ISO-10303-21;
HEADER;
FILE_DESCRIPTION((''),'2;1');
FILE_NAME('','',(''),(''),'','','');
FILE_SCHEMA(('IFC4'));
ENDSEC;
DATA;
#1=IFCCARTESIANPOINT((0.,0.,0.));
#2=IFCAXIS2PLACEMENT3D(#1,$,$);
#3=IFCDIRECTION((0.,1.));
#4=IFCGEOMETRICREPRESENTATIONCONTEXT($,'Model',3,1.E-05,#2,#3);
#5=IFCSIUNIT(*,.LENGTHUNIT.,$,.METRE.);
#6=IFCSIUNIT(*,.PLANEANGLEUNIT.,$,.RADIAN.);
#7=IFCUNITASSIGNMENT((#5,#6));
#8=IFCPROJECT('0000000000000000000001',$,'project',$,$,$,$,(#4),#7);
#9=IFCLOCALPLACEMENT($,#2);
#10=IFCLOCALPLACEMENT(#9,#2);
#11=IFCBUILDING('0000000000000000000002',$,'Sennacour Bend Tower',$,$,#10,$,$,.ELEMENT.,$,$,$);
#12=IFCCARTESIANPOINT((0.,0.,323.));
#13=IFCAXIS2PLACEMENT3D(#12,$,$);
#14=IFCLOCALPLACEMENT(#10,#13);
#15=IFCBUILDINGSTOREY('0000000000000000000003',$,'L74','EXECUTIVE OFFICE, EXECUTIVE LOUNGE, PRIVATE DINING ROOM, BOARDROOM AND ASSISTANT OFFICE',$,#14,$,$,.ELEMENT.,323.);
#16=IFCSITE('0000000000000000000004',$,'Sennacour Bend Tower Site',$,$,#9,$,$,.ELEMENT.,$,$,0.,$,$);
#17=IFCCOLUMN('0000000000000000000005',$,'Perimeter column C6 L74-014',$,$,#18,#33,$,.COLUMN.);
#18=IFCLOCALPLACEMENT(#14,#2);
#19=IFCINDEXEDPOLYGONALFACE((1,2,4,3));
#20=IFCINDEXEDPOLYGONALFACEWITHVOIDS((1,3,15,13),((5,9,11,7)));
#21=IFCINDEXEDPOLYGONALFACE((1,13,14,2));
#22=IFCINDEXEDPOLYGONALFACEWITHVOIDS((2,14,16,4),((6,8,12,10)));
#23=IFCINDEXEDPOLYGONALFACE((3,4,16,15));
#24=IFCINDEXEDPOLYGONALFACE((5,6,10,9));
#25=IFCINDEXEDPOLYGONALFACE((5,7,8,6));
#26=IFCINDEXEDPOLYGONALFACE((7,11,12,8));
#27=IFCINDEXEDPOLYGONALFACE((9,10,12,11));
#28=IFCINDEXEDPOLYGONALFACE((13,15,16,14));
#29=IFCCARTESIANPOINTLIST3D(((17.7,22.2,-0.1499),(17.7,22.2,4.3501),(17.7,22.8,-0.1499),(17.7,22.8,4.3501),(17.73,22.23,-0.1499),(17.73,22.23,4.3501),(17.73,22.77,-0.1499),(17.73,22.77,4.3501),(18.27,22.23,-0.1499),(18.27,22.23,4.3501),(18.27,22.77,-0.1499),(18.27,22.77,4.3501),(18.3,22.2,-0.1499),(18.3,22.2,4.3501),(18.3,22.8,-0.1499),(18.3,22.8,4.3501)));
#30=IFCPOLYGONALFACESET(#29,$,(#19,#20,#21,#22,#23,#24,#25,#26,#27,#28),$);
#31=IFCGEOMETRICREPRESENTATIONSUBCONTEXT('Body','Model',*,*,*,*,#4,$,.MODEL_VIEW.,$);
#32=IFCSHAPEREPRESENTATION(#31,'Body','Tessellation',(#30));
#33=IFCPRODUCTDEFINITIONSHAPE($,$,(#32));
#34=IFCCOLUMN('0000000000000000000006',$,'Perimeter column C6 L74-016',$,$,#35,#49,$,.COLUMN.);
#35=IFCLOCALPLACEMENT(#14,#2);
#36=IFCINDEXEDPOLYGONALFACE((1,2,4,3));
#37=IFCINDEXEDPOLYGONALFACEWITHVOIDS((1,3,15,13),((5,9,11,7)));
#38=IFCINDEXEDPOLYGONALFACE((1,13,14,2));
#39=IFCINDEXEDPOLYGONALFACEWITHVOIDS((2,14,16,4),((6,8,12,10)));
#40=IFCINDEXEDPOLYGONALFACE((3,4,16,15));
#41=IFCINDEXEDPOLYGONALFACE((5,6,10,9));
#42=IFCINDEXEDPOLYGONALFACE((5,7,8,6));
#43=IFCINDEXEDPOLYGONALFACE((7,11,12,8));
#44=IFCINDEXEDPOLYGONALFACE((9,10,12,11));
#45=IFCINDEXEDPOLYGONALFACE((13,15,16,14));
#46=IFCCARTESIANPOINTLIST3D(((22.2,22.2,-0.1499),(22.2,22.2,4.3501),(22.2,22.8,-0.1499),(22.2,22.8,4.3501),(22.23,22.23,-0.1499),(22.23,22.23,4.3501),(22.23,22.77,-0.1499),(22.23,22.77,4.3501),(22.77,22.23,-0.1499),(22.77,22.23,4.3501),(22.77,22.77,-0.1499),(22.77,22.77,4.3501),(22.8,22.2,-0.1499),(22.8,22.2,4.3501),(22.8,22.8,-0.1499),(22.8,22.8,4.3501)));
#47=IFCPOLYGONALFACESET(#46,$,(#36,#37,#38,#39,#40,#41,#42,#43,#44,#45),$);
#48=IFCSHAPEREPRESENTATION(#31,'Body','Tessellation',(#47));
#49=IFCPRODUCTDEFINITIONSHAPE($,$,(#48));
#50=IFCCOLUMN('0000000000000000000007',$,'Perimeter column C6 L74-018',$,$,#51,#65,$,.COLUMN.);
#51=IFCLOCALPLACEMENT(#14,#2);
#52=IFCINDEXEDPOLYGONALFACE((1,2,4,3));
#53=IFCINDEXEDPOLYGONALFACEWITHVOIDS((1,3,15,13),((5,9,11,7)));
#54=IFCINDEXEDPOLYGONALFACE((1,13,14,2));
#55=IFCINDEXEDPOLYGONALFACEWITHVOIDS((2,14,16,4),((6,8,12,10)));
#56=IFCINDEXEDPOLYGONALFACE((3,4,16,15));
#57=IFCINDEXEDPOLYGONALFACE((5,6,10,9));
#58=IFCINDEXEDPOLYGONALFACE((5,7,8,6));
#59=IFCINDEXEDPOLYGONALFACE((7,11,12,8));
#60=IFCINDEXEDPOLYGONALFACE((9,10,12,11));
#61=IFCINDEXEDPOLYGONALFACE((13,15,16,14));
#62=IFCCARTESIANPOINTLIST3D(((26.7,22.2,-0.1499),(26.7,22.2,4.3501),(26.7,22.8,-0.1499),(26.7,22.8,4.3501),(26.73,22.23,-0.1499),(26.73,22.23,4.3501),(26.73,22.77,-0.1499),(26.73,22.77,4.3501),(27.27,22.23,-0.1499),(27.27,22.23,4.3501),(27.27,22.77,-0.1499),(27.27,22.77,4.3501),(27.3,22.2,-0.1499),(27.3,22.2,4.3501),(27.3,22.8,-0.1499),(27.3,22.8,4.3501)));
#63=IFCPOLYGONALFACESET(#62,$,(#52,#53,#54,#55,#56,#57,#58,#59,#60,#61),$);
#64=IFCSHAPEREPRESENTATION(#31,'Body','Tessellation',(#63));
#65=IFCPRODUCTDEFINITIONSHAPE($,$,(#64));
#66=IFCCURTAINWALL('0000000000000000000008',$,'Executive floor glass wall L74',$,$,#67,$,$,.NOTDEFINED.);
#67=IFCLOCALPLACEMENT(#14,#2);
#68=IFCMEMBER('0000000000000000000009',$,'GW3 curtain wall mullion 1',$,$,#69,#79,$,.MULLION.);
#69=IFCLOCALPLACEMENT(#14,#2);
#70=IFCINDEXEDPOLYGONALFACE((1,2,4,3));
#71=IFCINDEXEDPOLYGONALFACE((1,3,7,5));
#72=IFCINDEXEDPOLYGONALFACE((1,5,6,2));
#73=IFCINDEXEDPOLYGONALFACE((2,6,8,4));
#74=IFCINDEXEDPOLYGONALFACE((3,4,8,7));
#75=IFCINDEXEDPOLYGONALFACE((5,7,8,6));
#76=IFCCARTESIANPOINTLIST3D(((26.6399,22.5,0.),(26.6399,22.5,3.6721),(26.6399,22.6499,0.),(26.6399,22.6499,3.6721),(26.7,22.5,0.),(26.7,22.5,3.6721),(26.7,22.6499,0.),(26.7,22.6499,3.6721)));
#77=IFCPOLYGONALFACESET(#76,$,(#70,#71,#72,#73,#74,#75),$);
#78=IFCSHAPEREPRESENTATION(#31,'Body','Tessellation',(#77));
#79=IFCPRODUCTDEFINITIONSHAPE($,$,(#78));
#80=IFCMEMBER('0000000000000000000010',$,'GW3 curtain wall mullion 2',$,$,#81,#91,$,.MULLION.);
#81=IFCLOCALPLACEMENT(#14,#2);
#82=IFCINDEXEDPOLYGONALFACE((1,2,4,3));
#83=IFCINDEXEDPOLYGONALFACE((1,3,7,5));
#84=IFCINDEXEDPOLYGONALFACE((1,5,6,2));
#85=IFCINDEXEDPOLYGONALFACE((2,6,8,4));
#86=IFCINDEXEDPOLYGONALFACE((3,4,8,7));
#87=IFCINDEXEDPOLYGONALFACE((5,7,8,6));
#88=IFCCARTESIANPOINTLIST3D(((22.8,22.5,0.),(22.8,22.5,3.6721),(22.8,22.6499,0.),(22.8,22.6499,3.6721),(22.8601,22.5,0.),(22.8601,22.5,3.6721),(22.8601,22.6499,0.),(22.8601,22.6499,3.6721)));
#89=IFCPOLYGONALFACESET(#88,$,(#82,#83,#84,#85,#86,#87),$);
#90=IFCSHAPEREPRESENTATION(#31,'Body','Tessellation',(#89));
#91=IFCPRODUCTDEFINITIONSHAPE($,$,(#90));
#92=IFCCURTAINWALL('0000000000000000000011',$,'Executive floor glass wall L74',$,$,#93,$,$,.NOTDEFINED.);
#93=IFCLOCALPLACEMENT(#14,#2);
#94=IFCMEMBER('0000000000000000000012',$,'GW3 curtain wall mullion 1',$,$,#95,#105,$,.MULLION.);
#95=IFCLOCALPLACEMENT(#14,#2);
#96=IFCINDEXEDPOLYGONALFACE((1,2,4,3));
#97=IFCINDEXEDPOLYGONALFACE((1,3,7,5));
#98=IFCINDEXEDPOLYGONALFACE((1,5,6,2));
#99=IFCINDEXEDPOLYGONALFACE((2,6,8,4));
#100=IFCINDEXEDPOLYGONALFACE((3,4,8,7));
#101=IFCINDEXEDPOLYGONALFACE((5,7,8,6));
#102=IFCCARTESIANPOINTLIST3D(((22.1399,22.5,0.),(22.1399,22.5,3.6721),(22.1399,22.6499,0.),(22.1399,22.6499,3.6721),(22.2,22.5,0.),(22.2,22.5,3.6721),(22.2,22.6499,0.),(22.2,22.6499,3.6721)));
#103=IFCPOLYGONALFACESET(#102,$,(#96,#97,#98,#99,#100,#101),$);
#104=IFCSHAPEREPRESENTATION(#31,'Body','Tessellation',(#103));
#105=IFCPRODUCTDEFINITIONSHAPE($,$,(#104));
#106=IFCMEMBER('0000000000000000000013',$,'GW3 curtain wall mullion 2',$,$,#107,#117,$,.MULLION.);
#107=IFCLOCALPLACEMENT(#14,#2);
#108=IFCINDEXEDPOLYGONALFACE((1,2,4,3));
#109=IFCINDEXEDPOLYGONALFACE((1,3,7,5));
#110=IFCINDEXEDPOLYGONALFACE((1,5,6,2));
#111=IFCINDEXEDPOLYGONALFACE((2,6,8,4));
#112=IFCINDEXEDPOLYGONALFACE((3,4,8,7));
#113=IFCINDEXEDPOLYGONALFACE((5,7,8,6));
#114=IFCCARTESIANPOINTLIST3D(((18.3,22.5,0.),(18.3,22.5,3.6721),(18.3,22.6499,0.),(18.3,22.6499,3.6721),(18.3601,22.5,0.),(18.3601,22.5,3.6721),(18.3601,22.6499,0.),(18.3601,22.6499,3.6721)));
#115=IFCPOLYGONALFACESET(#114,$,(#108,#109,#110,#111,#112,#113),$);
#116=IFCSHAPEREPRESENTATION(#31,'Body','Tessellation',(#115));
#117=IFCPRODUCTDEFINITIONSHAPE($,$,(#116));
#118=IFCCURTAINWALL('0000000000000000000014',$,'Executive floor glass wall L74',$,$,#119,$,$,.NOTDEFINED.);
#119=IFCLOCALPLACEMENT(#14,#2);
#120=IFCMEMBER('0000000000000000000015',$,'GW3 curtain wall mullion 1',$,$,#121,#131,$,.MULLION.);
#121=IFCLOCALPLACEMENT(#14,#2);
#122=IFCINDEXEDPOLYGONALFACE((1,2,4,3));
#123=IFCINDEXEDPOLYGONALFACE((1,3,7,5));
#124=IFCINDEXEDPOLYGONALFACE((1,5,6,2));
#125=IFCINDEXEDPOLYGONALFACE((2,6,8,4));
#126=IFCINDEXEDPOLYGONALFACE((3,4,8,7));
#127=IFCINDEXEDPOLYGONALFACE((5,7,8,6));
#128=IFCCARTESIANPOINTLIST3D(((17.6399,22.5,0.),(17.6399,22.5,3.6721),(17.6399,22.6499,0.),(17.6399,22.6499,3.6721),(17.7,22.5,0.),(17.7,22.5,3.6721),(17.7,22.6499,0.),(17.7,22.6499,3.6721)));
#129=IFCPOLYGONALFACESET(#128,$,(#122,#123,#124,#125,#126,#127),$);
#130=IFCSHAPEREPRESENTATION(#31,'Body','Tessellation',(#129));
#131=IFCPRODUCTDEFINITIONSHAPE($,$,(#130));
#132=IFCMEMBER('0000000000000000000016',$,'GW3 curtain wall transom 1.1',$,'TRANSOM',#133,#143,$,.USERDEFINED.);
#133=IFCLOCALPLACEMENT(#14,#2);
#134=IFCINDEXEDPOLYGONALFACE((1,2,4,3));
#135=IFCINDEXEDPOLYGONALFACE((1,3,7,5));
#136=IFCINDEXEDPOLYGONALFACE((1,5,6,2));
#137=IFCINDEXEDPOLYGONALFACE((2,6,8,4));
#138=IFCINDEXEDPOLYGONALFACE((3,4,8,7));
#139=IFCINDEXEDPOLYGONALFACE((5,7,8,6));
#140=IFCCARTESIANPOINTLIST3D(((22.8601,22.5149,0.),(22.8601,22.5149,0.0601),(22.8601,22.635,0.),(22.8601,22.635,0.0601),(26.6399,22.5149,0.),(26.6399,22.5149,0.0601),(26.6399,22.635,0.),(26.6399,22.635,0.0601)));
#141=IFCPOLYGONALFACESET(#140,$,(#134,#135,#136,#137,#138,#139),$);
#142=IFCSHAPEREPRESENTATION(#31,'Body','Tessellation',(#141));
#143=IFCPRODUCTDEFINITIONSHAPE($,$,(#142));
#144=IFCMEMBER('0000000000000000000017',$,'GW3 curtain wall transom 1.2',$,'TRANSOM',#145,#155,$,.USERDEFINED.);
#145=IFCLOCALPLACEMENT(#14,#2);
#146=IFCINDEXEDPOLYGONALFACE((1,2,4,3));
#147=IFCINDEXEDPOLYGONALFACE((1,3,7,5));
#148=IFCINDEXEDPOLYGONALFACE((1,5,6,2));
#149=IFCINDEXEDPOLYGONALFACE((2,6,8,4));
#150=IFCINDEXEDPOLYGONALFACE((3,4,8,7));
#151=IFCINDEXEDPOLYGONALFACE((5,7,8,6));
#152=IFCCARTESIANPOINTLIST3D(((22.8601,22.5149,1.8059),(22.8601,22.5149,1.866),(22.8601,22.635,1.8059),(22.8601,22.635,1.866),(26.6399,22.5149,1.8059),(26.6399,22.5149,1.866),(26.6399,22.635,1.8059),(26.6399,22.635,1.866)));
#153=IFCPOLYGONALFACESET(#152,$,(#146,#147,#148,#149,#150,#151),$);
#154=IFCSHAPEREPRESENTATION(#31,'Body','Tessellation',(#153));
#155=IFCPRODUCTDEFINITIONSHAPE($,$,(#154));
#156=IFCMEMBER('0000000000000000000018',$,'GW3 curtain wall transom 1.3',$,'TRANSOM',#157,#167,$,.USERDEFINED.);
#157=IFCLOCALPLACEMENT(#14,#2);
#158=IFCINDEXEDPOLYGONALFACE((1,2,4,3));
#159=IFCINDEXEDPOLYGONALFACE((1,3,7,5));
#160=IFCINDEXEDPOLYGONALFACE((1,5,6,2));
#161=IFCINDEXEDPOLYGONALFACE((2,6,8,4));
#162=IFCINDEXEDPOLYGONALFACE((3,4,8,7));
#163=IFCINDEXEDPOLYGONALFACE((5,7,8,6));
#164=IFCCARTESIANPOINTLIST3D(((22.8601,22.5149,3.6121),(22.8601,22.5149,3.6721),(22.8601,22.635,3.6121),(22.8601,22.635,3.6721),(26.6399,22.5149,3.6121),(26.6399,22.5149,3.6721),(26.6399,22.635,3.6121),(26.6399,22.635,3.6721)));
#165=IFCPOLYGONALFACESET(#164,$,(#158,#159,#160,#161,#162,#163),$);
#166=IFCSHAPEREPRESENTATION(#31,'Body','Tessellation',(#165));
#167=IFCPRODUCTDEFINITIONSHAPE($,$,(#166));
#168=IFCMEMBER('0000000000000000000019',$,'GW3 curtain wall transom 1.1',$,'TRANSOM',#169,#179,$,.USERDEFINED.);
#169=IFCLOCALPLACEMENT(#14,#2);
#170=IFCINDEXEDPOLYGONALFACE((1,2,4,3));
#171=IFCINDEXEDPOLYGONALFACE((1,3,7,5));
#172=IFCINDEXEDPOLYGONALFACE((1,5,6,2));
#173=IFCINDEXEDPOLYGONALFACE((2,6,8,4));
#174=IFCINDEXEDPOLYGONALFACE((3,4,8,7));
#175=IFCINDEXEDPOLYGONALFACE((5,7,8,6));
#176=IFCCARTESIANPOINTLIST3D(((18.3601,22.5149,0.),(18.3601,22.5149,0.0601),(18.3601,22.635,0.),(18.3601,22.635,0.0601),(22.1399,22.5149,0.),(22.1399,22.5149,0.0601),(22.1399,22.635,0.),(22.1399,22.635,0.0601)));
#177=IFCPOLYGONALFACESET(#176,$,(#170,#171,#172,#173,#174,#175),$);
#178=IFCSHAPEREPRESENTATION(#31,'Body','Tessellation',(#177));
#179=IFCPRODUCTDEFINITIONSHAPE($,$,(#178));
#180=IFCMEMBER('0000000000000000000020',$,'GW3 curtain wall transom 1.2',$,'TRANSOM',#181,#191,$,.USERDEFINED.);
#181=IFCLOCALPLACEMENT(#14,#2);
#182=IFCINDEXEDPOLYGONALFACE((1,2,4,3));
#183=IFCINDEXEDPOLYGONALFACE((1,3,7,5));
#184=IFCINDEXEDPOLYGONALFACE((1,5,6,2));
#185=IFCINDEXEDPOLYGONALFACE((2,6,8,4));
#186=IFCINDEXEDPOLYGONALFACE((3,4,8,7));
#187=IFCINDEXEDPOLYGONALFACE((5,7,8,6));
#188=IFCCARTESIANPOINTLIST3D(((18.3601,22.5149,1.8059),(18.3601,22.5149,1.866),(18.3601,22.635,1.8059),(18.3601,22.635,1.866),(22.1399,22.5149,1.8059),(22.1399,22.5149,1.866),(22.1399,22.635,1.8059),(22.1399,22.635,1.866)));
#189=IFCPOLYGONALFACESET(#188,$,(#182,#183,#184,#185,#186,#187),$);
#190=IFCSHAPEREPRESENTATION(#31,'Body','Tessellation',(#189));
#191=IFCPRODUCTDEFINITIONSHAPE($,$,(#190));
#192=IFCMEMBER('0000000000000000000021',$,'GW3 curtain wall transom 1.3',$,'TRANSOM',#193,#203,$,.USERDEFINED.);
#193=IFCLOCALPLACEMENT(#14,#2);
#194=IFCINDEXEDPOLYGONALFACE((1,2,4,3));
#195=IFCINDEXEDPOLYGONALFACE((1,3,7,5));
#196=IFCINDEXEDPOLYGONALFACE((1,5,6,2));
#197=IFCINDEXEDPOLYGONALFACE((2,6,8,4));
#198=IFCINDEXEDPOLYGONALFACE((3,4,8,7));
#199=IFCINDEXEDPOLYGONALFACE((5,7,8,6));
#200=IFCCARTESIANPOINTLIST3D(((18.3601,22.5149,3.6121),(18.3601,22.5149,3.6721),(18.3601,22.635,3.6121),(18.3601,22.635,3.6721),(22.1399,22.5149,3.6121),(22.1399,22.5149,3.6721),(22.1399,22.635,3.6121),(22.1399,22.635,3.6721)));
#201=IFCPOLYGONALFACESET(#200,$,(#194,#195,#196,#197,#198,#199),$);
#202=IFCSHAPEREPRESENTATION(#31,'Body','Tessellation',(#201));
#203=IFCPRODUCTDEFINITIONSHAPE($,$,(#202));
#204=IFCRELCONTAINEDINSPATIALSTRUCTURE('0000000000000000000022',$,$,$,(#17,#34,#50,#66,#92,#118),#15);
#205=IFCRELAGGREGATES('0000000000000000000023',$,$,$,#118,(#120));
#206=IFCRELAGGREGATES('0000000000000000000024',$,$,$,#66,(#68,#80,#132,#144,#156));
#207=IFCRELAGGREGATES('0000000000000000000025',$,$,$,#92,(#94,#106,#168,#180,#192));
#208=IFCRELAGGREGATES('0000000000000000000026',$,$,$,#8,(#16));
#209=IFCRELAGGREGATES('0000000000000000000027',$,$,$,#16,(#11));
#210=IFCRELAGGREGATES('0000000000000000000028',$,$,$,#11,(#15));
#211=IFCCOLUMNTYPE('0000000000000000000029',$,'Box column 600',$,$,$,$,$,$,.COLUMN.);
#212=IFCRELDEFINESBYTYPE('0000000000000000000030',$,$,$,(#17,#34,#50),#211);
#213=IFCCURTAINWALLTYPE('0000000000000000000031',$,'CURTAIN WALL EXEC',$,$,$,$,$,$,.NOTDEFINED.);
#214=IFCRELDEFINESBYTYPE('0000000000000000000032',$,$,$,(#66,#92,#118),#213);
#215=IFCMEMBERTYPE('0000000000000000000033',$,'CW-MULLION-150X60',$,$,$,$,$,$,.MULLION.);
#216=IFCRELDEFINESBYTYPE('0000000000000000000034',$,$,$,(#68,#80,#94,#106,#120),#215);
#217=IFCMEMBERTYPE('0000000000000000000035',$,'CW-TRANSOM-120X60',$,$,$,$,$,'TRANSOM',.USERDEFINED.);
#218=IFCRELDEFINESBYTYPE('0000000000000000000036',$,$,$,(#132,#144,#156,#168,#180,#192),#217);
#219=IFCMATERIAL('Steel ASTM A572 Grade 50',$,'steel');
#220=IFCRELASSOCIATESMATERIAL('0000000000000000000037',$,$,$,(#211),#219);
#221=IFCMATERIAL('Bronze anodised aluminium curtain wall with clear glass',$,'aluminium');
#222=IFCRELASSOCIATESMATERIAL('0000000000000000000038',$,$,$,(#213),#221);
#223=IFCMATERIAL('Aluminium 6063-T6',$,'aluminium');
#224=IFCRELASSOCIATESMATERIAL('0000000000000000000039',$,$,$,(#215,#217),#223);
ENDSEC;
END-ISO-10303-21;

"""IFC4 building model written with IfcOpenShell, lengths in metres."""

from ifc_helpers import new_model, si_unit, direction, frame, origin, origin_2d, place, context, subcontext, project, spatial, rectangle, hollow_rectangle, extrude, material, material_profile, profile_set, type_object, element, aggregate, save


model = new_model("IFC4")

# Units and contexts
model_context = context("Model", 3, precision=1e-05, world=origin(), true_north=direction((0.0, 1.0)))
body_context = subcontext(model_context, "Body", "Model", "MODEL_VIEW")
ifc_project = project(units=[si_unit("LENGTHUNIT", "METRE"), si_unit("PLANEANGLEUNIT", "RADIAN")], contexts=[model_context])

# Site, building, storey
site_placement = place(None, origin())
site = spatial("IfcSite", under=ifc_project, at=site_placement, Name="Sennacour Bend Tower Site", CompositionType="ELEMENT", RefElevation=0.0)
building_placement = place(site_placement, origin())
building = spatial("IfcBuilding", under=site, at=building_placement, Name="Sennacour Bend Tower", CompositionType="ELEMENT")
storey_placement = place(building_placement, frame((0.0, 0.0, 323.0)))
storey = spatial("IfcBuildingStorey", under=building, at=storey_placement, Name="L74", Description="EXECUTIVE OFFICE, EXECUTIVE LOUNGE, PRIVATE DINING ROOM, BOARDROOM AND ASSISTANT OFFICE", CompositionType="ELEMENT", Elevation=323.0)

# Columns
ifc_material_1 = material(Name="Steel ASTM A572 Grade 50", Category="steel")
ifc_material_profile_1 = material_profile(ifc_material_1, hollow_rectangle(XDim=0.6001, YDim=0.6001, WallThickness=0.03, at=origin_2d()), Name="Steel ASTM A572 Grade 50", Category="steel")
ifc_profile_set_1 = profile_set([ifc_material_profile_1], Name="Steel ASTM A572 Grade 50")
column_type = type_object("IfcColumnType", Name="Box column 600", PredefinedType="COLUMN", material=ifc_profile_set_1)
for number, where, z_axis, x_axis, name in (
    (1, (18.0, 22.5, -0.1499), (0.0, 0.0, 1.0), (1.0, 0.0, 0.0), "Perimeter column C6 L74-014"),
    (2, (22.5, 22.5, -0.1499), (0.0, 0.0, 1.0), (1.0, 0.0, 0.0), "Perimeter column C6 L74-016"),
    (3, (27.0, 22.5, -0.1499), (0.0, 0.0, 1.0), (1.0, 0.0, 0.0), "Perimeter column C6 L74-018"),
):
    element("IfcColumn", number, at=place(storey_placement, frame(where, z_axis=z_axis, x_axis=x_axis)), inside=storey, type_object=column_type, Name=name, PredefinedType="COLUMN", context=body_context, shape_type="SweptSolid", body=[
        extrude(hollow_rectangle(XDim=0.6001, YDim=0.6001, WallThickness=0.03, at=origin_2d()), origin(), (0.0, 0.0, 1.0), 4.5),
    ])

# Curtain walls, members
ifc_material_2 = material(Name="Bronze anodised aluminium curtain wall with clear glass", Category="aluminium")
curtain_wall_type = type_object("IfcCurtainWallType", Name="CURTAIN WALL EXEC", PredefinedType="NOTDEFINED", material=ifc_material_2)
curtain_wall_1_placement = place(storey_placement, origin())
curtain_wall_1 = element("IfcCurtainWall", 4, at=curtain_wall_1_placement, inside=storey, type_object=curtain_wall_type, Name="Executive floor glass wall L74", PredefinedType="NOTDEFINED")
ifc_material_3 = material(Name="Aluminium 6063-T6", Category="aluminium")
ifc_material_profile_2 = material_profile(ifc_material_3, rectangle(XDim=0.1499, YDim=0.0601, at=origin_2d()), Name="Aluminium 6063-T6", Category="aluminium")
ifc_profile_set_2 = profile_set([ifc_material_profile_2], Name="Aluminium 6063-T6")
member_type_1 = type_object("IfcMemberType", Name="CW-MULLION-150X60", PredefinedType="MULLION", material=ifc_profile_set_2)
member_1_placement = place(storey_placement, frame((26.6699, 22.575, 0.0), z_axis=(0.0, 0.0, 1.0), x_axis=(0.0, -1.0, 0.0)))
member_1 = element("IfcMember", 5, at=member_1_placement, type_object=member_type_1, Name="GW3 curtain wall mullion 1", PredefinedType="MULLION", context=body_context, shape_type="SweptSolid", body=[
    extrude(rectangle(XDim=0.1499, YDim=0.0601, at=origin_2d()), origin(), (0.0, 0.0, 1.0), 3.6721),
])
member_2_placement = place(storey_placement, frame((22.8301, 22.575, 0.0), z_axis=(0.0, 0.0, 1.0), x_axis=(0.0, -1.0, 0.0)))
member_2 = element("IfcMember", 6, at=member_2_placement, type_object=member_type_1, Name="GW3 curtain wall mullion 2", PredefinedType="MULLION", context=body_context, shape_type="SweptSolid", body=[
    extrude(rectangle(XDim=0.1499, YDim=0.0601, at=origin_2d()), origin(), (0.0, 0.0, 1.0), 3.6721),
])
curtain_wall_2_placement = place(storey_placement, origin())
curtain_wall_2 = element("IfcCurtainWall", 7, at=curtain_wall_2_placement, inside=storey, type_object=curtain_wall_type, Name="Executive floor glass wall L74", PredefinedType="NOTDEFINED")
member_3_placement = place(storey_placement, frame((22.1699, 22.575, 0.0), z_axis=(0.0, 0.0, 1.0), x_axis=(0.0, -1.0, 0.0)))
member_3 = element("IfcMember", 8, at=member_3_placement, type_object=member_type_1, Name="GW3 curtain wall mullion 1", PredefinedType="MULLION", context=body_context, shape_type="SweptSolid", body=[
    extrude(rectangle(XDim=0.1499, YDim=0.0601, at=origin_2d()), origin(), (0.0, 0.0, 1.0), 3.6721),
])
member_4_placement = place(storey_placement, frame((18.3301, 22.575, 0.0), z_axis=(0.0, 0.0, 1.0), x_axis=(0.0, -1.0, 0.0)))
member_4 = element("IfcMember", 9, at=member_4_placement, type_object=member_type_1, Name="GW3 curtain wall mullion 2", PredefinedType="MULLION", context=body_context, shape_type="SweptSolid", body=[
    extrude(rectangle(XDim=0.1499, YDim=0.0601, at=origin_2d()), origin(), (0.0, 0.0, 1.0), 3.6721),
])

# Curtain wall, member
curtain_wall_3_placement = place(storey_placement, origin())
curtain_wall_3 = element("IfcCurtainWall", 10, at=curtain_wall_3_placement, inside=storey, type_object=curtain_wall_type, Name="Executive floor glass wall L74", PredefinedType="NOTDEFINED")
member_5_placement = place(storey_placement, frame((17.6699, 22.575, 0.0), z_axis=(0.0, 0.0, 1.0), x_axis=(0.0, -1.0, 0.0)))
member_5 = element("IfcMember", 11, at=member_5_placement, type_object=member_type_1, Name="GW3 curtain wall mullion 1", PredefinedType="MULLION", context=body_context, shape_type="SweptSolid", body=[
    extrude(rectangle(XDim=0.1499, YDim=0.0601, at=origin_2d()), origin(), (0.0, 0.0, 1.0), 3.6721),
])

# Members
ifc_material_profile_3 = material_profile(ifc_material_3, rectangle(XDim=0.1201, YDim=0.0601, at=origin_2d()), Name="Aluminium 6063-T6", Category="aluminium")
ifc_profile_set_3 = profile_set([ifc_material_profile_3], Name="Aluminium 6063-T6")
member_type_2 = type_object("IfcMemberType", Name="CW-TRANSOM-120X60", ElementType="TRANSOM", PredefinedType="USERDEFINED", material=ifc_profile_set_3)
member_6_placement = place(storey_placement, frame((26.6399, 22.575, 0.03), z_axis=(-1.0, 0.0, 0.0), x_axis=(0.0, -1.0, 0.0)))
member_6 = element("IfcMember", 12, at=member_6_placement, type_object=member_type_2, Name="GW3 curtain wall transom 1.1", ObjectType="TRANSOM", PredefinedType="USERDEFINED", context=body_context, shape_type="SweptSolid", body=[
    extrude(rectangle(XDim=0.1201, YDim=0.0601, at=origin_2d()), origin(), (0.0, 0.0, 1.0), 3.7798),
])
member_7_placement = place(storey_placement, frame((26.6399, 22.575, 1.8359), z_axis=(-1.0, 0.0, 0.0), x_axis=(0.0, -1.0, 0.0)))
member_7 = element("IfcMember", 13, at=member_7_placement, type_object=member_type_2, Name="GW3 curtain wall transom 1.2", ObjectType="TRANSOM", PredefinedType="USERDEFINED", context=body_context, shape_type="SweptSolid", body=[
    extrude(rectangle(XDim=0.1201, YDim=0.0601, at=origin_2d()), origin(), (0.0, 0.0, 1.0), 3.7798),
])
member_8_placement = place(storey_placement, frame((26.6399, 22.575, 3.6421), z_axis=(-1.0, 0.0, 0.0), x_axis=(0.0, -1.0, 0.0)))
member_8 = element("IfcMember", 14, at=member_8_placement, type_object=member_type_2, Name="GW3 curtain wall transom 1.3", ObjectType="TRANSOM", PredefinedType="USERDEFINED", context=body_context, shape_type="SweptSolid", body=[
    extrude(rectangle(XDim=0.1201, YDim=0.0601, at=origin_2d()), origin(), (0.0, 0.0, 1.0), 3.7798),
])
member_9_placement = place(storey_placement, frame((22.1399, 22.575, 0.03), z_axis=(-1.0, 0.0, 0.0), x_axis=(0.0, -1.0, 0.0)))
member_9 = element("IfcMember", 15, at=member_9_placement, type_object=member_type_2, Name="GW3 curtain wall transom 1.1", ObjectType="TRANSOM", PredefinedType="USERDEFINED", context=body_context, shape_type="SweptSolid", body=[
    extrude(rectangle(XDim=0.1201, YDim=0.0601, at=origin_2d()), origin(), (0.0, 0.0, 1.0), 3.7798),
])
member_10_placement = place(storey_placement, frame((22.1399, 22.575, 1.8359), z_axis=(-1.0, 0.0, 0.0), x_axis=(0.0, -1.0, 0.0)))
member_10 = element("IfcMember", 16, at=member_10_placement, type_object=member_type_2, Name="GW3 curtain wall transom 1.2", ObjectType="TRANSOM", PredefinedType="USERDEFINED", context=body_context, shape_type="SweptSolid", body=[
    extrude(rectangle(XDim=0.1201, YDim=0.0601, at=origin_2d()), origin(), (0.0, 0.0, 1.0), 3.7798),
])
member_11_placement = place(storey_placement, frame((22.1399, 22.575, 3.6421), z_axis=(-1.0, 0.0, 0.0), x_axis=(0.0, -1.0, 0.0)))
member_11 = element("IfcMember", 17, at=member_11_placement, type_object=member_type_2, Name="GW3 curtain wall transom 1.3", ObjectType="TRANSOM", PredefinedType="USERDEFINED", context=body_context, shape_type="SweptSolid", body=[
    extrude(rectangle(XDim=0.1201, YDim=0.0601, at=origin_2d()), origin(), (0.0, 0.0, 1.0), 3.7798),
])
aggregate(curtain_wall_3, [member_5])

aggregate(curtain_wall_1, [member_1, member_2, member_6, member_7, member_8])
aggregate(curtain_wall_2, [member_3, member_4, member_9, member_10, member_11])

save(model, "model.ifc")
